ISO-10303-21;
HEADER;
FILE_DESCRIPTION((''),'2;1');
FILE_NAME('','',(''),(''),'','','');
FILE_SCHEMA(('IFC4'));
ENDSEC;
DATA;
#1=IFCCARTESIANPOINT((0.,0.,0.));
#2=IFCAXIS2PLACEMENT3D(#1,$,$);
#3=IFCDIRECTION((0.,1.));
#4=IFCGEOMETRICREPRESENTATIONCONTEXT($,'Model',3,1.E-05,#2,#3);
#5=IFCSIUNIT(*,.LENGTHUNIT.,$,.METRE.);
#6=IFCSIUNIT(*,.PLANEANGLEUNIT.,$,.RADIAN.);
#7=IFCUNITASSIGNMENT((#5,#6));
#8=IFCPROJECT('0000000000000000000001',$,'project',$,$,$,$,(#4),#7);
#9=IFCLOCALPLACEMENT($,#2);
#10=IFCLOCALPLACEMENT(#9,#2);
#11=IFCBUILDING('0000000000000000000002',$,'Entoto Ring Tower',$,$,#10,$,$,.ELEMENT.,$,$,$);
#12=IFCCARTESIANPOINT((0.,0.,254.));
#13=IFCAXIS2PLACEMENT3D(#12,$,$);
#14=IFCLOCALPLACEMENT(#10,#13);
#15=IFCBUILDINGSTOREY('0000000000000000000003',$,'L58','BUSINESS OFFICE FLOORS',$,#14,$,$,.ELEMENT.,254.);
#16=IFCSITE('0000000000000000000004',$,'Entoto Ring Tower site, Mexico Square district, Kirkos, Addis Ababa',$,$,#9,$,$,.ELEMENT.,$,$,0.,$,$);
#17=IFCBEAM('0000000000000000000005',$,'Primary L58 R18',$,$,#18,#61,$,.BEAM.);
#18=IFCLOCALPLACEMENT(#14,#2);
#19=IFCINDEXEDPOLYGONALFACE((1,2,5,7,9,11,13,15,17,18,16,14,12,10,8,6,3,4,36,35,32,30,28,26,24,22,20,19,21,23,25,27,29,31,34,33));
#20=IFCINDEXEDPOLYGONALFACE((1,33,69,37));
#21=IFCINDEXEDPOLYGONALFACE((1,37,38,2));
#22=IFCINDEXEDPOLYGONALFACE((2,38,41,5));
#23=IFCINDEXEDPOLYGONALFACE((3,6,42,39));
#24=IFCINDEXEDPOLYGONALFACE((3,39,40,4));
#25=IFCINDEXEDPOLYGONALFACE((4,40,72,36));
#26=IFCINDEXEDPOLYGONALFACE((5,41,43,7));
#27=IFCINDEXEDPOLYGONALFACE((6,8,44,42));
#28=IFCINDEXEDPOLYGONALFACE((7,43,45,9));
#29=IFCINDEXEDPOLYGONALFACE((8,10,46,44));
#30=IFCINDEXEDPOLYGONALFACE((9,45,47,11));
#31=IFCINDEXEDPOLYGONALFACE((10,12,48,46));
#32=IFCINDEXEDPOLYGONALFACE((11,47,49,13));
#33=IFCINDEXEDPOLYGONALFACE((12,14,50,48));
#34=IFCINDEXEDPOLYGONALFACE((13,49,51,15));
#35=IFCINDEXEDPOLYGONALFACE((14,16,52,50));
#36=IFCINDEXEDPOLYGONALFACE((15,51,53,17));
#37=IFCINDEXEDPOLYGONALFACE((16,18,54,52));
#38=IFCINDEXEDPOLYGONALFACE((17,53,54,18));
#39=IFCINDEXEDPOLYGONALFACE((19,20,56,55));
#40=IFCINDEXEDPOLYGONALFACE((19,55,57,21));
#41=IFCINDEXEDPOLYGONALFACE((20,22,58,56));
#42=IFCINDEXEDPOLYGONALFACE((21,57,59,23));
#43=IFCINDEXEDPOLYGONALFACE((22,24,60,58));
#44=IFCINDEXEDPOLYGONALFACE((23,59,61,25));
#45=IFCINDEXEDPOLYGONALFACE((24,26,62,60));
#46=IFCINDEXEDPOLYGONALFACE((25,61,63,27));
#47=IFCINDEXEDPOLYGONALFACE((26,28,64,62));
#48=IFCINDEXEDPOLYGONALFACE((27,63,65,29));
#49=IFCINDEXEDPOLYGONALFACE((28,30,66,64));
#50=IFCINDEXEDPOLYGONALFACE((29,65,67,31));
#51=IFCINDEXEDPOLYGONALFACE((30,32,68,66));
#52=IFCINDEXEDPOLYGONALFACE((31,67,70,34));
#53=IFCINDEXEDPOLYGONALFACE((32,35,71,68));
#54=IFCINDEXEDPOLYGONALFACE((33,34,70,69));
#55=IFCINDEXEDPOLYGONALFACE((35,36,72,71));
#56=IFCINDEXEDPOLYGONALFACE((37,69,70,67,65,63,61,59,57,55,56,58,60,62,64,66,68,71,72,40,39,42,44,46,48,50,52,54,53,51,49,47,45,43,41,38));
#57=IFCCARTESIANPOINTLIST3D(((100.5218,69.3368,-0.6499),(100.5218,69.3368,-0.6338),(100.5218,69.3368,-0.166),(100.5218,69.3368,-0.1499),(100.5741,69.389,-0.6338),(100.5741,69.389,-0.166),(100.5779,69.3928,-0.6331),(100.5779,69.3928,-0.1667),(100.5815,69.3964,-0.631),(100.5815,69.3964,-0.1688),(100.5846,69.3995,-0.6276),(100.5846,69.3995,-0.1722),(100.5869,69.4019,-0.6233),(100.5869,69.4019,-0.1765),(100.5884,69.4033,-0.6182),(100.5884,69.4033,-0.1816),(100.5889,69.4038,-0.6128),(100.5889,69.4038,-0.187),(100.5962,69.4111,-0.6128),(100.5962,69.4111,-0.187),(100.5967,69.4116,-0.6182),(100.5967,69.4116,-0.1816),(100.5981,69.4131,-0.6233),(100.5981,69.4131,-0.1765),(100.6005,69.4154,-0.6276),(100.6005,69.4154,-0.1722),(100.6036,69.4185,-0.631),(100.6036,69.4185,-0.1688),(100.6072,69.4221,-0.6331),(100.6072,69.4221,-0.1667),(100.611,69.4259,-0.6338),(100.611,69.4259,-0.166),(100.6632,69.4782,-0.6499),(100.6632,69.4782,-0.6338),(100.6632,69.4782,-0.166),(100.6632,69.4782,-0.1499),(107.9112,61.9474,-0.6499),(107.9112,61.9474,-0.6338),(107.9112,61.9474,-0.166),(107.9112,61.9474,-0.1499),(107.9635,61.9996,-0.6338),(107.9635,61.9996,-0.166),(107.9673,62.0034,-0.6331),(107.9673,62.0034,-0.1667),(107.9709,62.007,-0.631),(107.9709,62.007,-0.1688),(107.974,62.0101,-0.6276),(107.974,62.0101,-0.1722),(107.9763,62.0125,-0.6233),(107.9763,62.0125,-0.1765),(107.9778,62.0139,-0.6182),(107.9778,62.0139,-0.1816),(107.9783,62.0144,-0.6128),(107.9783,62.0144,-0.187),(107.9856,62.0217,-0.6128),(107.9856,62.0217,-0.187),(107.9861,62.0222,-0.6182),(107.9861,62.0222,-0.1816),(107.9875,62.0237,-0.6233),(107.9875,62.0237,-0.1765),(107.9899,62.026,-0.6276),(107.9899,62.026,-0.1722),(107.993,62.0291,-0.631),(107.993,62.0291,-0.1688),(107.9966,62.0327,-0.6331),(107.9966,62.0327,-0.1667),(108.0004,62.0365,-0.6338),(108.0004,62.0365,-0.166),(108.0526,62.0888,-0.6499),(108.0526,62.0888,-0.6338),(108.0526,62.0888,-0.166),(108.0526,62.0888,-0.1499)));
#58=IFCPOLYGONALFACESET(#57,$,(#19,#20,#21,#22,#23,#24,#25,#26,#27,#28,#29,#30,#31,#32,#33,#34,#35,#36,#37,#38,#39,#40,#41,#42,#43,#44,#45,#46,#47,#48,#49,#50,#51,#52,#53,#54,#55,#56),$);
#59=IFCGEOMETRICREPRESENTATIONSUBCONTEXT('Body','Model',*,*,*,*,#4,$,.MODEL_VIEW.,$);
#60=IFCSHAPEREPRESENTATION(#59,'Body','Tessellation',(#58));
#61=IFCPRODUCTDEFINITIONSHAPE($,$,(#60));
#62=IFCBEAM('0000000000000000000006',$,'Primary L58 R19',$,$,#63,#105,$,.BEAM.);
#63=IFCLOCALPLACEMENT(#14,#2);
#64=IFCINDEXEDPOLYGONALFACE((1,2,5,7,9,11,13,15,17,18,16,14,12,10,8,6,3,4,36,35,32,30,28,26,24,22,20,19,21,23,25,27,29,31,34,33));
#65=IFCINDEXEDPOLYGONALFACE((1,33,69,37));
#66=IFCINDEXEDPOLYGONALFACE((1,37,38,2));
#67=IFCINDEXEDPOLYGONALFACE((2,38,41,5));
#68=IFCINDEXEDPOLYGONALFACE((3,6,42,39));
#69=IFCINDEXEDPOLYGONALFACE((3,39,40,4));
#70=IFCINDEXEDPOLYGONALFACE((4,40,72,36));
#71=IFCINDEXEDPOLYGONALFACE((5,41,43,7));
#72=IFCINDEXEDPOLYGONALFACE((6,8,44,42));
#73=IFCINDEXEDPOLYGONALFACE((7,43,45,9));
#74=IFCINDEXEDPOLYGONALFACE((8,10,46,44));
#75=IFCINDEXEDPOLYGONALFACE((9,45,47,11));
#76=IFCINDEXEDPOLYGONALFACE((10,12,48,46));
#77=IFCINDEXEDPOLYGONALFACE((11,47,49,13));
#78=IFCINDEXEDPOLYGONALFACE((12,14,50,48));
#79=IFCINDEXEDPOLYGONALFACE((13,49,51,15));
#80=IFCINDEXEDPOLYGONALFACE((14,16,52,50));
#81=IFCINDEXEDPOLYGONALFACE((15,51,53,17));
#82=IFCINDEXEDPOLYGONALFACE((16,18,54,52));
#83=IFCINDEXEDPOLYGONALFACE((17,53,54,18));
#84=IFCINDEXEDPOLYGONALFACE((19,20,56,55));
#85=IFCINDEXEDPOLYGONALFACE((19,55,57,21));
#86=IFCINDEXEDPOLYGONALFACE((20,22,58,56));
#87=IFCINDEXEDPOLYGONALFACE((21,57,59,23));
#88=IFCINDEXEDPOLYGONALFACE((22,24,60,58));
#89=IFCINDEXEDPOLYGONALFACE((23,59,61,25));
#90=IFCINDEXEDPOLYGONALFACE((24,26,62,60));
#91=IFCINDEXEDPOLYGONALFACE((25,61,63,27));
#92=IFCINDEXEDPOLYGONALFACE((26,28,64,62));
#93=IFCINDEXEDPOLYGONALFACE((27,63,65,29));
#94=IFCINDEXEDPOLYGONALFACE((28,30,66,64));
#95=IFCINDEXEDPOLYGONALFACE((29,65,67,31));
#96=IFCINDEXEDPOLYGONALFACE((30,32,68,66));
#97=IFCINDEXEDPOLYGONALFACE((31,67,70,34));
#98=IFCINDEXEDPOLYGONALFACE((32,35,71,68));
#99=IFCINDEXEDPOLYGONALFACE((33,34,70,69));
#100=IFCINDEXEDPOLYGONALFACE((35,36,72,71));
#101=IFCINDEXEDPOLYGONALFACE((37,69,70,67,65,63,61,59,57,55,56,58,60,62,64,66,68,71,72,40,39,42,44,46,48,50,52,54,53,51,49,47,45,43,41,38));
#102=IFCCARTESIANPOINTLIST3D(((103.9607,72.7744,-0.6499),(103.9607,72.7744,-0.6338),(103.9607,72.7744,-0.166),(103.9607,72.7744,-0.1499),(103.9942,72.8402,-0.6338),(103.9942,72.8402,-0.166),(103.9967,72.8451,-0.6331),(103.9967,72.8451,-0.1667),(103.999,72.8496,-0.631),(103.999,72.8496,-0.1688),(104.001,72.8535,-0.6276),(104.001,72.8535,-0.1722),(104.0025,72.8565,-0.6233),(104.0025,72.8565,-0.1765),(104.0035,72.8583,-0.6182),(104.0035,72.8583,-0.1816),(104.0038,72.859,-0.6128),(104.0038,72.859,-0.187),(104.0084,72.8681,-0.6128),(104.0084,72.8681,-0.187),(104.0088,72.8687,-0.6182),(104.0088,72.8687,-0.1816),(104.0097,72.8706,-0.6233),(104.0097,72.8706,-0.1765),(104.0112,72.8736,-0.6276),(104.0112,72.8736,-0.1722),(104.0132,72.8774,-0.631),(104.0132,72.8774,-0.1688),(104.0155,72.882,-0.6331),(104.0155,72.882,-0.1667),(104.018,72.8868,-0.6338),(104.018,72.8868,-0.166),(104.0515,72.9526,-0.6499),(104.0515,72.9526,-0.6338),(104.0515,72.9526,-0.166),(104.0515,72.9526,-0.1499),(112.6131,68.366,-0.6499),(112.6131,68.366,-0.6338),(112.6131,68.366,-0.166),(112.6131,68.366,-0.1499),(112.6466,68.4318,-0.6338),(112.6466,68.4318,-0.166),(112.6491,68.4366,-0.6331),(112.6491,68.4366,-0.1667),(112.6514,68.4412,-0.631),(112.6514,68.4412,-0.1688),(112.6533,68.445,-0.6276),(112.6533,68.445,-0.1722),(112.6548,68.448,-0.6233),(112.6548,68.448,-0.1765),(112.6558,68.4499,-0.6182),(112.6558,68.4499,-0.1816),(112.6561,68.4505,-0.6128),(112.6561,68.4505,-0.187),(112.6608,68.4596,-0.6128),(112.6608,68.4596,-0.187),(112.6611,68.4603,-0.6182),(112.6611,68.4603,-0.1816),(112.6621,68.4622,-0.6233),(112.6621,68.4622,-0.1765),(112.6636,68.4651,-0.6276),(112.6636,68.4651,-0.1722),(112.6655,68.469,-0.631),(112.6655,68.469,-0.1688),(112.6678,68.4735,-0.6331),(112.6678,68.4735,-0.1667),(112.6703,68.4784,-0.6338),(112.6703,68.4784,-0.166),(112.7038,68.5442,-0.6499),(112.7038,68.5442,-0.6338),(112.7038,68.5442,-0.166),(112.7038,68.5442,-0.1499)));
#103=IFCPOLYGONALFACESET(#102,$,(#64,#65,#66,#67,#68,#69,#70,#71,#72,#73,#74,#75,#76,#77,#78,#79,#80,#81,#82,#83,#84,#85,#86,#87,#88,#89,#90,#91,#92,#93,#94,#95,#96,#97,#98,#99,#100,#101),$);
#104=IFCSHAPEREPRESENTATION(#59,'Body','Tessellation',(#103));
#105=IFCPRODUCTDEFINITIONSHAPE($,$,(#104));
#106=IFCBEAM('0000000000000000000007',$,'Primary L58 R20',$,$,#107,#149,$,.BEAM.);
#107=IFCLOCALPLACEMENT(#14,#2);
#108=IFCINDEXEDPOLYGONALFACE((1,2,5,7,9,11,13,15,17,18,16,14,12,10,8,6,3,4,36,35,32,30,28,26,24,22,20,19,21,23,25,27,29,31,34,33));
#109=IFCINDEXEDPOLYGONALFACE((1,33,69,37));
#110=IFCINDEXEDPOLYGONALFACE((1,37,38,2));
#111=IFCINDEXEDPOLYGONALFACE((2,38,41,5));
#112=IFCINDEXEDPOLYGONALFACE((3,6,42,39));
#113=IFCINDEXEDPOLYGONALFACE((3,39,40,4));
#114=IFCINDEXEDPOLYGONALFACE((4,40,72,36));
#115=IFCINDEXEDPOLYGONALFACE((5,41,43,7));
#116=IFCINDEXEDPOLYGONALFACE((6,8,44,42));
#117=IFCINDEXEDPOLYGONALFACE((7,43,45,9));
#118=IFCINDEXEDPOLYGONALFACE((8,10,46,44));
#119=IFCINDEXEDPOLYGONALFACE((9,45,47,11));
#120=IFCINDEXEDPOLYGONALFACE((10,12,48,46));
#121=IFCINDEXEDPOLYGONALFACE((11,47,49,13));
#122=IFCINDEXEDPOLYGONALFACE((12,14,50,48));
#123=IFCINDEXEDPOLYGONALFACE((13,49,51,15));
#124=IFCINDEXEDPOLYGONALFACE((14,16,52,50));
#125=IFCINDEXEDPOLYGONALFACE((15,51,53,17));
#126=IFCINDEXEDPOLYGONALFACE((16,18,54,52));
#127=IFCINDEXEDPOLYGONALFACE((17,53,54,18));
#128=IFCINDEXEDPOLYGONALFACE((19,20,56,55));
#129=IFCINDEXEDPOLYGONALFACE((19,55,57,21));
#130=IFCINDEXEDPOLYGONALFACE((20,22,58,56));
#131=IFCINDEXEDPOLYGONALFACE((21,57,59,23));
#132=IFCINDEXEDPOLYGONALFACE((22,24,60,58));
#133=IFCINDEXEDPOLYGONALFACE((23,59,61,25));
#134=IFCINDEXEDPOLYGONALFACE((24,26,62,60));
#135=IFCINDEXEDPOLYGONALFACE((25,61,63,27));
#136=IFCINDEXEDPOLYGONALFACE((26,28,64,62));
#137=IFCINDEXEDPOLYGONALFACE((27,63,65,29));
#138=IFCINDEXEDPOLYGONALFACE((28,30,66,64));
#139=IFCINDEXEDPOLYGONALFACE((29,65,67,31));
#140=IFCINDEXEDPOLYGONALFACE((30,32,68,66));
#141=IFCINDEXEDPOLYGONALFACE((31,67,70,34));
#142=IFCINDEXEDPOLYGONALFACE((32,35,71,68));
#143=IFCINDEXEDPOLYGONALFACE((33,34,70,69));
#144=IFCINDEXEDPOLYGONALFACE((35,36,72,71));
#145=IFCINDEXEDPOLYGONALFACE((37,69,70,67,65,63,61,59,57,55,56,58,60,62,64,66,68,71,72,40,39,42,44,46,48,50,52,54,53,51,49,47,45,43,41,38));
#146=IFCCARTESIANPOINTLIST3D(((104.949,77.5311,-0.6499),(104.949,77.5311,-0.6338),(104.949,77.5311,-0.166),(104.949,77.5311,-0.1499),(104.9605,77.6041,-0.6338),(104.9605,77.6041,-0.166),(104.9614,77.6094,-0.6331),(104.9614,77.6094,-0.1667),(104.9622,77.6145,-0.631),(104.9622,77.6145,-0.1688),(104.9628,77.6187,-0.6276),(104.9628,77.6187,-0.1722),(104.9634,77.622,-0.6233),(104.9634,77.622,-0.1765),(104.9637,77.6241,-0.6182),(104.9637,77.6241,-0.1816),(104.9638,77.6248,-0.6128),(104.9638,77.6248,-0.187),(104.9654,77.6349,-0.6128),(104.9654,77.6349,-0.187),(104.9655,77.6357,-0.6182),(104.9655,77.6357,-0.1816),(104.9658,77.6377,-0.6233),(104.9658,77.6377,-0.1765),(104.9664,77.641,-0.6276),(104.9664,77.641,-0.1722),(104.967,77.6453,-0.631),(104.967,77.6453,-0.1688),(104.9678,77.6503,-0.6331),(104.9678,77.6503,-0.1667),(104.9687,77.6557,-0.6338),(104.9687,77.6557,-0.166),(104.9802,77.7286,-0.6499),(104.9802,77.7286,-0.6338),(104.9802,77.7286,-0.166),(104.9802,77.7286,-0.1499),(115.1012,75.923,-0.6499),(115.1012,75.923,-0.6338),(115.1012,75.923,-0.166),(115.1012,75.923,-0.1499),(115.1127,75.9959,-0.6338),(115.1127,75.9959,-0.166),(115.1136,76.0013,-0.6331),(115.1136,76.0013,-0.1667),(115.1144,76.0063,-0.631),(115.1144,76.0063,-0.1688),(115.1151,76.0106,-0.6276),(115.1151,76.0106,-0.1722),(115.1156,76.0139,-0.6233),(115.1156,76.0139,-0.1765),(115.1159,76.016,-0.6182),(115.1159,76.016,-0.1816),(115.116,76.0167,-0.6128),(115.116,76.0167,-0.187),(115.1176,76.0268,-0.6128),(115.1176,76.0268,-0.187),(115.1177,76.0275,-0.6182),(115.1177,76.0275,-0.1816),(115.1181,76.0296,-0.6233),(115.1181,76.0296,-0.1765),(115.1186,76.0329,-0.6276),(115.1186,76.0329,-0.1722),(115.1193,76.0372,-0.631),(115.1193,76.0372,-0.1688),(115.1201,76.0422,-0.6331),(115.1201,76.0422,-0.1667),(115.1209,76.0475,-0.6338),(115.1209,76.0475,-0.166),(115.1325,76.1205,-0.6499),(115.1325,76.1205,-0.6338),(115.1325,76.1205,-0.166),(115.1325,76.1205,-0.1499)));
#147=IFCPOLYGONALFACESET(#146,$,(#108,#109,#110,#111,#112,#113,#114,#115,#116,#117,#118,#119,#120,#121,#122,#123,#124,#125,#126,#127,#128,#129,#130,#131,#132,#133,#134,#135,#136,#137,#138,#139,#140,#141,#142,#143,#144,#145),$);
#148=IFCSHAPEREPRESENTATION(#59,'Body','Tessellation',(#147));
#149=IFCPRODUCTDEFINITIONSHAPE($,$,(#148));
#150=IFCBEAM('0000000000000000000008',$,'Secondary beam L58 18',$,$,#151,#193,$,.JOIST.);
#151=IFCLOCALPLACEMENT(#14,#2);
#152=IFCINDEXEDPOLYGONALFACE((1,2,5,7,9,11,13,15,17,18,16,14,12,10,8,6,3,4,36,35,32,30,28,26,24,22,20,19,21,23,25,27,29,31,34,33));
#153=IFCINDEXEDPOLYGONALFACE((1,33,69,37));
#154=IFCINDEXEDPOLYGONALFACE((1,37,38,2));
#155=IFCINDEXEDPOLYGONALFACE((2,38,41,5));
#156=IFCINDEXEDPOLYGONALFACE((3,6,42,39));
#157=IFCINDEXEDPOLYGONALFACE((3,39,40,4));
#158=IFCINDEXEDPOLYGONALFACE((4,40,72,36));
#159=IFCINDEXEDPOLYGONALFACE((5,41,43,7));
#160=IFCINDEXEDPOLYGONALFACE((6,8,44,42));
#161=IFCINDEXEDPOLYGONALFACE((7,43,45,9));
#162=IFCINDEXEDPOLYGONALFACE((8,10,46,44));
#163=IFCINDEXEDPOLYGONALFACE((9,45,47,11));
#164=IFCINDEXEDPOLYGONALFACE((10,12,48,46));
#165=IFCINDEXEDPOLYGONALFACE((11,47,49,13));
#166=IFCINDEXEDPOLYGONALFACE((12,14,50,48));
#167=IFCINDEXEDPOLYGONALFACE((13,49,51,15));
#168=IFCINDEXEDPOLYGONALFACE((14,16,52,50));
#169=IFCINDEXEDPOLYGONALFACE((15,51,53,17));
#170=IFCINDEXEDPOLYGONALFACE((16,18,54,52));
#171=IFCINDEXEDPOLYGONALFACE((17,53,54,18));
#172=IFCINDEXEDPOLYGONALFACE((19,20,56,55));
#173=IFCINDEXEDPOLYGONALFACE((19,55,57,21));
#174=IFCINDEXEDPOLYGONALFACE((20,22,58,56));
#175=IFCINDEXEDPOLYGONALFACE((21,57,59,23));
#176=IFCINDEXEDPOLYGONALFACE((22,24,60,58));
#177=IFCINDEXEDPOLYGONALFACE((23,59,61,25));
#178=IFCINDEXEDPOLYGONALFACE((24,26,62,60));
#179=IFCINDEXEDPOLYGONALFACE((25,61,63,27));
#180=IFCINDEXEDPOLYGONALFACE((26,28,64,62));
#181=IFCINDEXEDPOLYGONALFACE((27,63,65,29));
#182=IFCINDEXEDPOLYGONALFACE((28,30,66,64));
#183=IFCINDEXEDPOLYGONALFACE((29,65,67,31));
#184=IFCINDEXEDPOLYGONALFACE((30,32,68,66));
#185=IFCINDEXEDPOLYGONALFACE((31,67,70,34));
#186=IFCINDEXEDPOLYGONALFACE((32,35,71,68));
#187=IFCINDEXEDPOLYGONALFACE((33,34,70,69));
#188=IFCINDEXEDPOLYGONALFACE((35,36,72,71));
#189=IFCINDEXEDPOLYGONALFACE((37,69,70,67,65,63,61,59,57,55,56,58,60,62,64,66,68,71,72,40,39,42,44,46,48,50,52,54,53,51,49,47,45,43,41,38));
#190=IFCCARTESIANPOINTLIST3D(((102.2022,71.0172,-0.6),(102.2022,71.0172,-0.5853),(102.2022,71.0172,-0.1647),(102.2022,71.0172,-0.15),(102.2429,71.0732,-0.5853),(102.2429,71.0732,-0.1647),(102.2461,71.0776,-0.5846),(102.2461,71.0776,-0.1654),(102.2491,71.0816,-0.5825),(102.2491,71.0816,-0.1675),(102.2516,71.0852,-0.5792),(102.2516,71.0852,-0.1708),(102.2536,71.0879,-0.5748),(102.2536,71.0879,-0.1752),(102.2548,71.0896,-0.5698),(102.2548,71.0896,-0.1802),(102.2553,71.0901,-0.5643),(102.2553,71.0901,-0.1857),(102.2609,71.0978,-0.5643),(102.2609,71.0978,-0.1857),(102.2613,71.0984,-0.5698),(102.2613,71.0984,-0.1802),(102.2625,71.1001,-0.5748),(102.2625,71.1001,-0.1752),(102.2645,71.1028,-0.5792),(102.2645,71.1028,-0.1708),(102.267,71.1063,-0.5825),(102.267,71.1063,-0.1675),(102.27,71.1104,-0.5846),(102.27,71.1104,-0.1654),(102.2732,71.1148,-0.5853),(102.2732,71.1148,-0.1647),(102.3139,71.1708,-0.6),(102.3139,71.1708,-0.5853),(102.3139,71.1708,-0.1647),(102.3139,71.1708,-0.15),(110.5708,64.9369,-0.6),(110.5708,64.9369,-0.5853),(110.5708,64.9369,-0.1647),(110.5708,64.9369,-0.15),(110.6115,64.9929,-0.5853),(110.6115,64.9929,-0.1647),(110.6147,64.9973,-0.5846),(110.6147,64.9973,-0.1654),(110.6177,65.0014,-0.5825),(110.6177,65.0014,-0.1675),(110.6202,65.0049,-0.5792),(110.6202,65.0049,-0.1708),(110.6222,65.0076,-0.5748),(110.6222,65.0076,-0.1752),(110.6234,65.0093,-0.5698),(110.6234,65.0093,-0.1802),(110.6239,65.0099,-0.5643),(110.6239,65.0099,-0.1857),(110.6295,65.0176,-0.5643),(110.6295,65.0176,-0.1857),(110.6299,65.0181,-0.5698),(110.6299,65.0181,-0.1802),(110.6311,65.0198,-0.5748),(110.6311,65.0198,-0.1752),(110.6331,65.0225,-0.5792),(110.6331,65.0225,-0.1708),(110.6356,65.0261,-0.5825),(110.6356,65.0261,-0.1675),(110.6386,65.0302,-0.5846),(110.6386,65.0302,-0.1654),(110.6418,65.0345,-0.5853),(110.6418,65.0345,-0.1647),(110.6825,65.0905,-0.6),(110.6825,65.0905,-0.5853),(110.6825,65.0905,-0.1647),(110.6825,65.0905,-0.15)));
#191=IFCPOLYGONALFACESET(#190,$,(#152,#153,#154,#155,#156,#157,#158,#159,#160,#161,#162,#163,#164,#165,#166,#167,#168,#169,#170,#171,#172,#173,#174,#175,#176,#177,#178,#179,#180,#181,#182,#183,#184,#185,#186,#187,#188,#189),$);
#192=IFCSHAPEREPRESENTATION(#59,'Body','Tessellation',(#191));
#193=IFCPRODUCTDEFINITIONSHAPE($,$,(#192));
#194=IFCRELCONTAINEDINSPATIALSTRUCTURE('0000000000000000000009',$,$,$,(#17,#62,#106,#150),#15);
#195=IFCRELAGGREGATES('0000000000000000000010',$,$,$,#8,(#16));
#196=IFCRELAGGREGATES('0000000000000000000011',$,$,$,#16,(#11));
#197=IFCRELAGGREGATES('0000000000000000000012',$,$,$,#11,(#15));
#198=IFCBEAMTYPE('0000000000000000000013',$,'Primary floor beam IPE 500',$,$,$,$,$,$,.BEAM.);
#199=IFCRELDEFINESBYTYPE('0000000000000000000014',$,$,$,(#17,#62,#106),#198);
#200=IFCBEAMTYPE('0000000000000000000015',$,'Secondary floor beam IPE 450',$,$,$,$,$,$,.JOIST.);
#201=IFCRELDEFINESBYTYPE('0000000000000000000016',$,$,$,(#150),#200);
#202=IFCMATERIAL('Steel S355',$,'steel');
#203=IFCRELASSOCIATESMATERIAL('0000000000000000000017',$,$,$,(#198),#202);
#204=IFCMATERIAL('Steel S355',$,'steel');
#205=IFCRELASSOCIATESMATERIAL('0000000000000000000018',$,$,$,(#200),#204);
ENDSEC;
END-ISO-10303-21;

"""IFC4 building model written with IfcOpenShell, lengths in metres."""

from ifc_helpers import new_model, si_unit, direction, frame, origin, origin_2d, place, context, subcontext, project, spatial, i_section, extrude, material, material_profile, profile_set, type_object, element, save


model = new_model("IFC4")

# Units and contexts
model_context = context("Model", 3, precision=1e-05, world=origin(), true_north=direction((0.0, 1.0)))
body_context = subcontext(model_context, "Body", "Model", "MODEL_VIEW")
ifc_project = project(units=[si_unit("LENGTHUNIT", "METRE"), si_unit("PLANEANGLEUNIT", "RADIAN")], contexts=[model_context])

# Site, building, storey
site_placement = place(None, origin())
site = spatial("IfcSite", under=ifc_project, at=site_placement, Name="Entoto Ring Tower site, Mexico Square district, Kirkos, Addis Ababa", CompositionType="ELEMENT", RefElevation=0.0)
building_placement = place(site_placement, origin())
building = spatial("IfcBuilding", under=site, at=building_placement, Name="Entoto Ring Tower", CompositionType="ELEMENT")
storey_placement = place(building_placement, frame((0.0, 0.0, 254.0)))
storey = spatial("IfcBuildingStorey", under=building, at=storey_placement, Name="L58", Description="BUSINESS OFFICE FLOORS", CompositionType="ELEMENT", Elevation=254.0)

# Beams
ifc_material_1 = material(Name="Steel S355", Category="steel")
ifc_material_profile_1 = material_profile(ifc_material_1, i_section(OverallWidth=0.2, OverallDepth=0.5, WebThickness=0.0103, FlangeThickness=0.0161, FilletRadius=0.021, at=origin_2d()), Name="IPE 500")
ifc_profile_set_1 = profile_set([ifc_material_profile_1], Name="Steel S355")
beam_type_1 = type_object("IfcBeamType", Name="Primary floor beam IPE 500", PredefinedType="BEAM", material=ifc_profile_set_1)
beam_1_placement = place(storey_placement, frame((100.5925, 69.4075, -0.3999), z_axis=(0.707107, -0.707107, 0.0), x_axis=(0.707107, 0.707107, 0.0)))
element("IfcBeam", 1, at=beam_1_placement, inside=storey, type_object=beam_type_1, Name="Primary L58 R18", PredefinedType="BEAM", context=body_context, shape_type="SweptSolid", body=[
    extrude(i_section(OverallWidth=0.2, OverallDepth=0.5, WebThickness=0.0103, FlangeThickness=0.0161, FilletRadius=0.021, at=origin_2d()), origin(), (0.0, 0.0, 1.0), 10.4502),
])
beam_2_placement = place(storey_placement, frame((104.0061, 72.8635, -0.3999), z_axis=(0.891012, -0.453979, 0.0), x_axis=(0.453979, 0.891012, 0.0)))
element("IfcBeam", 2, at=beam_2_placement, inside=storey, type_object=beam_type_1, Name="Primary L58 R19", PredefinedType="BEAM", context=body_context, shape_type="SweptSolid", body=[
    extrude(i_section(OverallWidth=0.2, OverallDepth=0.5, WebThickness=0.0103, FlangeThickness=0.0161, FilletRadius=0.021, at=origin_2d()), origin(), (0.0, 0.0, 1.0), 9.7107),
])
beam_3_placement = place(storey_placement, frame((104.9646, 77.6299, -0.3999), z_axis=(0.987686, -0.156452, 0.0), x_axis=(0.156452, 0.987686, 0.0)))
element("IfcBeam", 3, at=beam_3_placement, inside=storey, type_object=beam_type_1, Name="Primary L58 R20", PredefinedType="BEAM", context=body_context, shape_type="SweptSolid", body=[
    extrude(i_section(OverallWidth=0.2, OverallDepth=0.5, WebThickness=0.0103, FlangeThickness=0.0161, FilletRadius=0.021, at=origin_2d()), origin(), (0.0, 0.0, 1.0), 10.2788),
])
ifc_material_2 = material(Name="Steel S355", Category="steel")
ifc_material_profile_2 = material_profile(ifc_material_2, i_section(OverallWidth=0.1899, OverallDepth=0.45, WebThickness=0.0095, FlangeThickness=0.0146, FilletRadius=0.021, at=origin_2d()), Name="IPE 450")
ifc_profile_set_2 = profile_set([ifc_material_profile_2], Name="Steel S355")
beam_type_2 = type_object("IfcBeamType", Name="Secondary floor beam IPE 450", PredefinedType="JOIST", material=ifc_profile_set_2)
beam_4_placement = place(storey_placement, frame((102.2581, 71.094, -0.375), z_axis=(0.809011, -0.587794, 0.0), x_axis=(0.587794, 0.809011, 0.0)))
element("IfcBeam", 4, at=beam_4_placement, inside=storey, type_object=beam_type_2, Name="Secondary beam L58 18", PredefinedType="JOIST", context=body_context, shape_type="SweptSolid", body=[
    extrude(i_section(OverallWidth=0.1899, OverallDepth=0.45, WebThickness=0.0095, FlangeThickness=0.0146, FilletRadius=0.021, at=origin_2d()), origin(), (0.0, 0.0, 1.0), 10.3442),
])

save(model, "model.ifc")
